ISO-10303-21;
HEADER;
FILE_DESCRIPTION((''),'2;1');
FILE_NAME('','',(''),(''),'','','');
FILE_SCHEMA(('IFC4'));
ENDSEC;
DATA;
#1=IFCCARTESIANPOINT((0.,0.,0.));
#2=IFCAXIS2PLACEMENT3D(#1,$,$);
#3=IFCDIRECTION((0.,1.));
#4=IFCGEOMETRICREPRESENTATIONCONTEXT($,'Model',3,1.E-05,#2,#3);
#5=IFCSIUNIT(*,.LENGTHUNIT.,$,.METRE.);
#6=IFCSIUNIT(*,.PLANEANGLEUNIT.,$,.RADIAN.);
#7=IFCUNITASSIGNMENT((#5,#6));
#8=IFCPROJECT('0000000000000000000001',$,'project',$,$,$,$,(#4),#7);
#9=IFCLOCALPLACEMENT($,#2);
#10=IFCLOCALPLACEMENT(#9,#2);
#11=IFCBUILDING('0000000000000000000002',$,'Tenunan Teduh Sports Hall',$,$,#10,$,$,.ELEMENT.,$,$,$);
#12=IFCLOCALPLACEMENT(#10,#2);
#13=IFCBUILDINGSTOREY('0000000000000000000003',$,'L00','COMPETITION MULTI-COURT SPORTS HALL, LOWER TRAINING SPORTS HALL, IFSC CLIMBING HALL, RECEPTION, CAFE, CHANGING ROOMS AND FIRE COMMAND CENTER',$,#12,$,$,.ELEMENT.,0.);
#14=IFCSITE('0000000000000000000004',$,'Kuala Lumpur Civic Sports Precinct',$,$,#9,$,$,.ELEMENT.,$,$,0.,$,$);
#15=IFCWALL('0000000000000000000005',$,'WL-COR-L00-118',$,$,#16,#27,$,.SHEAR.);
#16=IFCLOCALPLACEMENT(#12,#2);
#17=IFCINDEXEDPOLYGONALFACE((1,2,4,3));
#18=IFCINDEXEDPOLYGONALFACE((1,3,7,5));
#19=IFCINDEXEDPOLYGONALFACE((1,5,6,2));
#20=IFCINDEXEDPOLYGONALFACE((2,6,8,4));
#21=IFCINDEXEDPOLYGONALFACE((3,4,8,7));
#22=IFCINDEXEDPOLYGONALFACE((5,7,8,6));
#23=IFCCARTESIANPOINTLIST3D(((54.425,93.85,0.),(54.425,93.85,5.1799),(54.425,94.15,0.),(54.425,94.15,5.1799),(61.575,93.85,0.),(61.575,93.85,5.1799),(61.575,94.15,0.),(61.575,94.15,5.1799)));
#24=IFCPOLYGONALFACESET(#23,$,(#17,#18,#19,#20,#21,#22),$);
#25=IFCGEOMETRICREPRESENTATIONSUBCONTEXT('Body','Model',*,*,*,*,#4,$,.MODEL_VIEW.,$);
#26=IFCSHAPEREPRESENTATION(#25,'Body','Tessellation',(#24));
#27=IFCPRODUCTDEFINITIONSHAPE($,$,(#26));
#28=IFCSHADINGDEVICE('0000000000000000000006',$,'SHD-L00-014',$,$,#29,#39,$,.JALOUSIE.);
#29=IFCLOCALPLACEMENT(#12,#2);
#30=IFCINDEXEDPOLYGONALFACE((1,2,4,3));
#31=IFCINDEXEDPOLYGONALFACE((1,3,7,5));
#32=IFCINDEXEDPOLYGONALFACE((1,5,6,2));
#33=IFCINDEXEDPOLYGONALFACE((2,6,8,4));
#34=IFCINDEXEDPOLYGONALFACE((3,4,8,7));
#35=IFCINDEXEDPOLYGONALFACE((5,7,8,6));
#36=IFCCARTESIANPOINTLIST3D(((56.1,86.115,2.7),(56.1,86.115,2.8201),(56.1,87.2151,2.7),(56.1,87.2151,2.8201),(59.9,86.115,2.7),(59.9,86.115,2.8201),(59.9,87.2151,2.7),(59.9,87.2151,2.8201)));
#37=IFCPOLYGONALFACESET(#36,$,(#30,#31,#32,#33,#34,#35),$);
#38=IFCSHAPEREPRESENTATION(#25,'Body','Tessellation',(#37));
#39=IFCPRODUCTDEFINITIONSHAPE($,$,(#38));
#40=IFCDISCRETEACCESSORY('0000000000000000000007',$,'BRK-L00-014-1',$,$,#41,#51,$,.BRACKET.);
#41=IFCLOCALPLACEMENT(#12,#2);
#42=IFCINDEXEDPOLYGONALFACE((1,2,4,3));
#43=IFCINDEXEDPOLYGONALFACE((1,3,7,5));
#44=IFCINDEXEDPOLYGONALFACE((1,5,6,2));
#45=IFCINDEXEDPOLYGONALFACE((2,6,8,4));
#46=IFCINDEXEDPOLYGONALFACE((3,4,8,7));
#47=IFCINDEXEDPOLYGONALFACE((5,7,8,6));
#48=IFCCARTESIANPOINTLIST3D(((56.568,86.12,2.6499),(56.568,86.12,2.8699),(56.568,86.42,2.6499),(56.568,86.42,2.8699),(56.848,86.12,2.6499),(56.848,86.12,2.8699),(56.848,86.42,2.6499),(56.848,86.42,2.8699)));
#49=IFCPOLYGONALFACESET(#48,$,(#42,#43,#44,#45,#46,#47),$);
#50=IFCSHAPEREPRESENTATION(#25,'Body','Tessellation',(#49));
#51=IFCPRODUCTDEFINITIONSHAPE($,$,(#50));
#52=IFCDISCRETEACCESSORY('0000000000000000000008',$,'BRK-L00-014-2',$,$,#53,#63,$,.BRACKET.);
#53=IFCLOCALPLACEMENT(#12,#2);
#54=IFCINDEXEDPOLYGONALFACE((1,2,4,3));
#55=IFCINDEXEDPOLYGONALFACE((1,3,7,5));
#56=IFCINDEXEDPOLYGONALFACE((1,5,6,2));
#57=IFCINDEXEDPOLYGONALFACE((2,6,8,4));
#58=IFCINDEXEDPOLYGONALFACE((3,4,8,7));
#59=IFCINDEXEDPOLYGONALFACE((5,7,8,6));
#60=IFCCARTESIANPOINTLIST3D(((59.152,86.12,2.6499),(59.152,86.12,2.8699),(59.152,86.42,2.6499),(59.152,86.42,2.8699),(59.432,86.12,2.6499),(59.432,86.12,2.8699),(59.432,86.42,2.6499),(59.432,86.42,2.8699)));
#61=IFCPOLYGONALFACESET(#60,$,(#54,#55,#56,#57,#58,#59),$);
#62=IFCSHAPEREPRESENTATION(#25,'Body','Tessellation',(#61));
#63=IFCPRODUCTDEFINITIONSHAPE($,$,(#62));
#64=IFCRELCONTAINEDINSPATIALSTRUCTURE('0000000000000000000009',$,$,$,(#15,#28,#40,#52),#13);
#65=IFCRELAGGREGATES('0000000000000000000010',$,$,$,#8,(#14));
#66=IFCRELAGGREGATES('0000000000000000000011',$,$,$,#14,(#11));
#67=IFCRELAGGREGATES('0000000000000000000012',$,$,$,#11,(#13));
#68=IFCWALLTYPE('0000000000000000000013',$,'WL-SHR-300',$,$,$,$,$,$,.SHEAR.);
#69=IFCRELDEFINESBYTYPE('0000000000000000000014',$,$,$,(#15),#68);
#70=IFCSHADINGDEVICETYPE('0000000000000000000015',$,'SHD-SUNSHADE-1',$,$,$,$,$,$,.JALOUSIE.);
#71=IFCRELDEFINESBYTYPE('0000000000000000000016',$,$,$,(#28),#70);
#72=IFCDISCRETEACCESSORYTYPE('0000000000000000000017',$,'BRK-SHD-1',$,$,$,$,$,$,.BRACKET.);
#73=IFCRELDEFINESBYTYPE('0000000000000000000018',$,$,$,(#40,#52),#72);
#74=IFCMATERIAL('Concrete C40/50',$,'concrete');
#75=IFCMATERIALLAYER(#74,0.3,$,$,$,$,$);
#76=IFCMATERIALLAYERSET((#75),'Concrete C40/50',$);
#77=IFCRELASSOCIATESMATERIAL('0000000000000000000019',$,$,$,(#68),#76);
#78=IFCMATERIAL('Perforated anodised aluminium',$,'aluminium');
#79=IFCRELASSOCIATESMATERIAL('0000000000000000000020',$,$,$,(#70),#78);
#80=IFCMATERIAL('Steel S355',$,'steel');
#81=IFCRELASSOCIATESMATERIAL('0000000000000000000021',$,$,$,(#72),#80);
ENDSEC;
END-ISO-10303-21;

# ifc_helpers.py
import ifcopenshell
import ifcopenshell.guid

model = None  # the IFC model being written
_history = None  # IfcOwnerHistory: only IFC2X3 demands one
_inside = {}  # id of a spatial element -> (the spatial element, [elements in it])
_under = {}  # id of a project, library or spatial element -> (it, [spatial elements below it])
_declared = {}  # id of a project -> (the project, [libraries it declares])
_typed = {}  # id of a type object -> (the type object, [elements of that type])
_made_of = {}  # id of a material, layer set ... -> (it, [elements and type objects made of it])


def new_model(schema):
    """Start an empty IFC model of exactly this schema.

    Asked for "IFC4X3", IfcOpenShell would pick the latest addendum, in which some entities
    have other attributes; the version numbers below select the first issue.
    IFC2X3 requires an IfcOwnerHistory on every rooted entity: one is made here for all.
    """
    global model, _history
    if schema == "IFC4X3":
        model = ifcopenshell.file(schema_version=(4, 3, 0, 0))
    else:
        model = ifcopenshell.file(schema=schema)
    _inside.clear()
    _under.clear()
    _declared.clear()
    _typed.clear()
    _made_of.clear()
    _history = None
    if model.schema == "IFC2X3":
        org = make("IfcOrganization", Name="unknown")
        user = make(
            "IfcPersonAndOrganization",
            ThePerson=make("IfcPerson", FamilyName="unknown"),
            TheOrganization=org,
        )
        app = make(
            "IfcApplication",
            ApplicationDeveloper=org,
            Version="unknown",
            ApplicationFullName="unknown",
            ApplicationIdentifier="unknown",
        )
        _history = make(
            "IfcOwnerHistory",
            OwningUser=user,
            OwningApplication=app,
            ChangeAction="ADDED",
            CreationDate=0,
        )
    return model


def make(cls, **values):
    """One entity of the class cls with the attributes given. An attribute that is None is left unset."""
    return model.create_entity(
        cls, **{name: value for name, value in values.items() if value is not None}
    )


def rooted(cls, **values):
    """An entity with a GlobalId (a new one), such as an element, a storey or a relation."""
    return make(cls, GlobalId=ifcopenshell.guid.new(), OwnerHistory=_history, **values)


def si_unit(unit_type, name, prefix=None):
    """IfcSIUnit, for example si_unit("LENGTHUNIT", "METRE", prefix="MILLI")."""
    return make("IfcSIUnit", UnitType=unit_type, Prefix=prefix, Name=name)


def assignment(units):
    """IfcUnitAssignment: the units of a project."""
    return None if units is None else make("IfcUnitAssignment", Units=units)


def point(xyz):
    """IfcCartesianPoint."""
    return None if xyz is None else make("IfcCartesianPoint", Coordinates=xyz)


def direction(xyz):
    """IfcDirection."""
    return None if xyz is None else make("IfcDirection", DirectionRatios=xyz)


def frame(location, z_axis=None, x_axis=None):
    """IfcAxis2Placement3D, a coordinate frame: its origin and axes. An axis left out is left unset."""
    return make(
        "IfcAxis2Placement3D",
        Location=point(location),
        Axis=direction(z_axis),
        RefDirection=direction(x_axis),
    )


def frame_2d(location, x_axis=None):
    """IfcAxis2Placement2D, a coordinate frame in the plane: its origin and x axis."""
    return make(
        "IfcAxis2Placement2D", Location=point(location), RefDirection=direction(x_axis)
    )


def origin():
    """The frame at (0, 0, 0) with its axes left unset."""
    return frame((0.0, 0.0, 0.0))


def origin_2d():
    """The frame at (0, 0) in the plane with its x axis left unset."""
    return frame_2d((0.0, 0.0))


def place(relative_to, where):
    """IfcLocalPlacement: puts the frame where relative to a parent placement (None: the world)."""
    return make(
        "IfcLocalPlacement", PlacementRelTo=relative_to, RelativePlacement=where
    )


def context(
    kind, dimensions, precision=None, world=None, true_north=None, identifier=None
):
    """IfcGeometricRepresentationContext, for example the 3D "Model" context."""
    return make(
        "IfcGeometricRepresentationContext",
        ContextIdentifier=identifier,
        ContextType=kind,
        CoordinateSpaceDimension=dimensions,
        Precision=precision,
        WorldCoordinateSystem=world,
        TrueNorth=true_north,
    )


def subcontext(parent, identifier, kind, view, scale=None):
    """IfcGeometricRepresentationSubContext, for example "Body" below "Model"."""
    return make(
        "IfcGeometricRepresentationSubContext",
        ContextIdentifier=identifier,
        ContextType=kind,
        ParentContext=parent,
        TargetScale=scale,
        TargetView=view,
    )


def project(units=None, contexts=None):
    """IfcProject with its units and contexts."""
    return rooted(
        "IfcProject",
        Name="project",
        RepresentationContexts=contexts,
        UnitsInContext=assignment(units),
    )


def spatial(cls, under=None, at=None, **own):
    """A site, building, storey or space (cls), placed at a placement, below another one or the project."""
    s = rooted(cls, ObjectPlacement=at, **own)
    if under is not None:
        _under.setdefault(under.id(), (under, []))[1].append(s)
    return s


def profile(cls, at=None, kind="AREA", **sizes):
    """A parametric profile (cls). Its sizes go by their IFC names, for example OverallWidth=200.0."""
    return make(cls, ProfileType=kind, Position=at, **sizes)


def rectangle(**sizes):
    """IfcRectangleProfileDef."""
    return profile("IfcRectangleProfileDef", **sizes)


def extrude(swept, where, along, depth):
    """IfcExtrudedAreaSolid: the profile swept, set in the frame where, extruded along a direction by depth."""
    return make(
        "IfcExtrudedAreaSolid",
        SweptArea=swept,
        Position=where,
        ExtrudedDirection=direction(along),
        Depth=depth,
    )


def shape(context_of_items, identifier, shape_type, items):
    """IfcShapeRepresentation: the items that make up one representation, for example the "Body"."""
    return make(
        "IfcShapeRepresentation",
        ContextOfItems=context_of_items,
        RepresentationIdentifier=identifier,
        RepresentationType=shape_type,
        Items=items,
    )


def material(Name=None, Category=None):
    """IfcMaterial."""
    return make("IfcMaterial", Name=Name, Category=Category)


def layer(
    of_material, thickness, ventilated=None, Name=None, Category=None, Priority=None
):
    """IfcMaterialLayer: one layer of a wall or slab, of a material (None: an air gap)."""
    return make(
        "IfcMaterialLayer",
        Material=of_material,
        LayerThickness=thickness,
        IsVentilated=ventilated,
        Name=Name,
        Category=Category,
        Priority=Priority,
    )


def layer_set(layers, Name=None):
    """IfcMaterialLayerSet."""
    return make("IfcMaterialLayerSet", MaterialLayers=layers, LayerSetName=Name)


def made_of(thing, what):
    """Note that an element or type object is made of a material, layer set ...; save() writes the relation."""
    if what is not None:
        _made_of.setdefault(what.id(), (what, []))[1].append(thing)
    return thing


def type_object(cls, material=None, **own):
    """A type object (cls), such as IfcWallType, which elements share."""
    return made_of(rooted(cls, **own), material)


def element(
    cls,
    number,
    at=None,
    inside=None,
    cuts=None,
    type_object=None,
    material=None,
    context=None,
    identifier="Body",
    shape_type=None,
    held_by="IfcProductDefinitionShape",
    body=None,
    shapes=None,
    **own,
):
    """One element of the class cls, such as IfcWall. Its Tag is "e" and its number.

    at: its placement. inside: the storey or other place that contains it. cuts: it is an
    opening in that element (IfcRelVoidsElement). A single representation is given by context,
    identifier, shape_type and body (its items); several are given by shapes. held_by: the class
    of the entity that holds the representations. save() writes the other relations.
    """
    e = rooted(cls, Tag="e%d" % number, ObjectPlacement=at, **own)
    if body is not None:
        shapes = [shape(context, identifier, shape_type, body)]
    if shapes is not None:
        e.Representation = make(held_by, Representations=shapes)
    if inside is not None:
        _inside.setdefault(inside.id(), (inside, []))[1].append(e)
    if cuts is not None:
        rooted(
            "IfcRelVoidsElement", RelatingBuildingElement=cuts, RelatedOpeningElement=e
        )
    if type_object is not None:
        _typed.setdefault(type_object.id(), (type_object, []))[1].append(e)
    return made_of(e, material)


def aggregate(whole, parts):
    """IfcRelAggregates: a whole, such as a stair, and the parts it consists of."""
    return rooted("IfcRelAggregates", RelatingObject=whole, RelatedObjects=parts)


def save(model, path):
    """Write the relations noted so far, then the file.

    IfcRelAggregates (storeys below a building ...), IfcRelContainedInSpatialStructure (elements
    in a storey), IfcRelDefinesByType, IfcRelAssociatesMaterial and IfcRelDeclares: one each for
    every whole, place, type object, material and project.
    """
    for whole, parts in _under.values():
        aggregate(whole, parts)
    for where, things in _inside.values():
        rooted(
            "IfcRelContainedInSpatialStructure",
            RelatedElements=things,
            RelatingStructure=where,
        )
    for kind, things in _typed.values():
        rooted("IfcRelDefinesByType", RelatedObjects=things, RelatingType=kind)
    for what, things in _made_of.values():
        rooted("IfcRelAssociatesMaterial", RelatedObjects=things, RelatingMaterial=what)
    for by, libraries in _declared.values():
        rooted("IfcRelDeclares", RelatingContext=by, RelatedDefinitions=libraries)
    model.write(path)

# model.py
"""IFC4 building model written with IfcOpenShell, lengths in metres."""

from ifc_helpers import new_model, si_unit, direction, frame, frame_2d, origin, origin_2d, place, context, subcontext, project, spatial, rectangle, extrude, material, layer, layer_set, type_object, element, save


model = new_model("IFC4")

# Units and contexts
model_context = context("Model", 3, precision=1e-05, world=origin(), true_north=direction((0.0, 1.0)))
body_context = subcontext(model_context, "Body", "Model", "MODEL_VIEW")
ifc_project = project(units=[si_unit("LENGTHUNIT", "METRE"), si_unit("PLANEANGLEUNIT", "RADIAN")], contexts=[model_context])

# Site, building, storey
site_placement = place(None, origin())
site = spatial("IfcSite", under=ifc_project, at=site_placement, Name="Kuala Lumpur Civic Sports Precinct", CompositionType="ELEMENT", RefElevation=0.0)
building_placement = place(site_placement, origin())
building = spatial("IfcBuilding", under=site, at=building_placement, Name="Tenunan Teduh Sports Hall", CompositionType="ELEMENT")
storey_placement = place(building_placement, origin())
storey = spatial("IfcBuildingStorey", under=building, at=storey_placement, Name="L00", Description="COMPETITION MULTI-COURT SPORTS HALL, LOWER TRAINING SPORTS HALL, IFSC CLIMBING HALL, RECEPTION, CAFE, CHANGING ROOMS AND FIRE COMMAND CENTER", CompositionType="ELEMENT", Elevation=0.0)

# Wall
ifc_material_1 = material(Name="Concrete C40/50", Category="concrete")
ifc_layer_1 = layer(ifc_material_1, 0.3)
ifc_layer_set_1 = layer_set([ifc_layer_1], Name="Concrete C40/50")
wall_type_1 = type_object("IfcWallType", Name="WL-SHR-300", PredefinedType="SHEAR", material=ifc_layer_set_1)
wall_1_placement = place(storey_placement, frame((54.425, 94.0, 0.0), z_axis=(0.0, 0.0, 1.0), x_axis=(1.0, 0.0, 0.0)))
element("IfcWall", 1, at=wall_1_placement, inside=storey, type_object=wall_type_1, Name="WL-COR-L00-118", PredefinedType="SHEAR", context=body_context, shape_type="SweptSolid", body=[
    extrude(rectangle(XDim=7.1499, YDim=0.3, at=frame_2d((3.575, 0.0))), origin(), (0.0, 0.0, 1.0), 5.1799),
])

# Shading device
ifc_material_2 = material(Name="Perforated anodised aluminium", Category="aluminium")
shading_device_type = type_object("IfcShadingDeviceType", Name="SHD-SUNSHADE-1", PredefinedType="JALOUSIE", material=ifc_material_2)
shading_device_placement = place(storey_placement, frame((58.0, 86.665, 2.7), z_axis=(0.0, 0.0, 1.0), x_axis=(1.0, 0.0, 0.0)))
element("IfcShadingDevice", 2, at=shading_device_placement, inside=storey, type_object=shading_device_type, Name="SHD-L00-014", PredefinedType="JALOUSIE", context=body_context, shape_type="SweptSolid", body=[
    extrude(rectangle(XDim=3.8, YDim=1.1001, at=origin_2d()), origin(), (0.0, 0.0, 1.0), 0.1201),
])

# Discrete accessories
ifc_material_3 = material(Name="Steel S355", Category="steel")
discrete_accessory_type = type_object("IfcDiscreteAccessoryType", Name="BRK-SHD-1", PredefinedType="BRACKET", material=ifc_material_3)
for number, where, z_axis, x_axis, name in (
    (3, (56.708, 86.27, 2.6499), (0.0, 0.0, 1.0), (1.0, 0.0, 0.0), "BRK-L00-014-1"),
    (4, (59.292, 86.27, 2.6499), (0.0, 0.0, 1.0), (1.0, 0.0, 0.0), "BRK-L00-014-2"),
):
    element("IfcDiscreteAccessory", number, at=place(storey_placement, frame(where, z_axis=z_axis, x_axis=x_axis)), inside=storey, type_object=discrete_accessory_type, Name=name, PredefinedType="BRACKET", context=body_context, shape_type="SweptSolid", body=[
        extrude(rectangle(XDim=0.28, YDim=0.3, at=origin_2d()), origin(), (0.0, 0.0, 1.0), 0.22),
    ])

save(model, "model.ifc")
